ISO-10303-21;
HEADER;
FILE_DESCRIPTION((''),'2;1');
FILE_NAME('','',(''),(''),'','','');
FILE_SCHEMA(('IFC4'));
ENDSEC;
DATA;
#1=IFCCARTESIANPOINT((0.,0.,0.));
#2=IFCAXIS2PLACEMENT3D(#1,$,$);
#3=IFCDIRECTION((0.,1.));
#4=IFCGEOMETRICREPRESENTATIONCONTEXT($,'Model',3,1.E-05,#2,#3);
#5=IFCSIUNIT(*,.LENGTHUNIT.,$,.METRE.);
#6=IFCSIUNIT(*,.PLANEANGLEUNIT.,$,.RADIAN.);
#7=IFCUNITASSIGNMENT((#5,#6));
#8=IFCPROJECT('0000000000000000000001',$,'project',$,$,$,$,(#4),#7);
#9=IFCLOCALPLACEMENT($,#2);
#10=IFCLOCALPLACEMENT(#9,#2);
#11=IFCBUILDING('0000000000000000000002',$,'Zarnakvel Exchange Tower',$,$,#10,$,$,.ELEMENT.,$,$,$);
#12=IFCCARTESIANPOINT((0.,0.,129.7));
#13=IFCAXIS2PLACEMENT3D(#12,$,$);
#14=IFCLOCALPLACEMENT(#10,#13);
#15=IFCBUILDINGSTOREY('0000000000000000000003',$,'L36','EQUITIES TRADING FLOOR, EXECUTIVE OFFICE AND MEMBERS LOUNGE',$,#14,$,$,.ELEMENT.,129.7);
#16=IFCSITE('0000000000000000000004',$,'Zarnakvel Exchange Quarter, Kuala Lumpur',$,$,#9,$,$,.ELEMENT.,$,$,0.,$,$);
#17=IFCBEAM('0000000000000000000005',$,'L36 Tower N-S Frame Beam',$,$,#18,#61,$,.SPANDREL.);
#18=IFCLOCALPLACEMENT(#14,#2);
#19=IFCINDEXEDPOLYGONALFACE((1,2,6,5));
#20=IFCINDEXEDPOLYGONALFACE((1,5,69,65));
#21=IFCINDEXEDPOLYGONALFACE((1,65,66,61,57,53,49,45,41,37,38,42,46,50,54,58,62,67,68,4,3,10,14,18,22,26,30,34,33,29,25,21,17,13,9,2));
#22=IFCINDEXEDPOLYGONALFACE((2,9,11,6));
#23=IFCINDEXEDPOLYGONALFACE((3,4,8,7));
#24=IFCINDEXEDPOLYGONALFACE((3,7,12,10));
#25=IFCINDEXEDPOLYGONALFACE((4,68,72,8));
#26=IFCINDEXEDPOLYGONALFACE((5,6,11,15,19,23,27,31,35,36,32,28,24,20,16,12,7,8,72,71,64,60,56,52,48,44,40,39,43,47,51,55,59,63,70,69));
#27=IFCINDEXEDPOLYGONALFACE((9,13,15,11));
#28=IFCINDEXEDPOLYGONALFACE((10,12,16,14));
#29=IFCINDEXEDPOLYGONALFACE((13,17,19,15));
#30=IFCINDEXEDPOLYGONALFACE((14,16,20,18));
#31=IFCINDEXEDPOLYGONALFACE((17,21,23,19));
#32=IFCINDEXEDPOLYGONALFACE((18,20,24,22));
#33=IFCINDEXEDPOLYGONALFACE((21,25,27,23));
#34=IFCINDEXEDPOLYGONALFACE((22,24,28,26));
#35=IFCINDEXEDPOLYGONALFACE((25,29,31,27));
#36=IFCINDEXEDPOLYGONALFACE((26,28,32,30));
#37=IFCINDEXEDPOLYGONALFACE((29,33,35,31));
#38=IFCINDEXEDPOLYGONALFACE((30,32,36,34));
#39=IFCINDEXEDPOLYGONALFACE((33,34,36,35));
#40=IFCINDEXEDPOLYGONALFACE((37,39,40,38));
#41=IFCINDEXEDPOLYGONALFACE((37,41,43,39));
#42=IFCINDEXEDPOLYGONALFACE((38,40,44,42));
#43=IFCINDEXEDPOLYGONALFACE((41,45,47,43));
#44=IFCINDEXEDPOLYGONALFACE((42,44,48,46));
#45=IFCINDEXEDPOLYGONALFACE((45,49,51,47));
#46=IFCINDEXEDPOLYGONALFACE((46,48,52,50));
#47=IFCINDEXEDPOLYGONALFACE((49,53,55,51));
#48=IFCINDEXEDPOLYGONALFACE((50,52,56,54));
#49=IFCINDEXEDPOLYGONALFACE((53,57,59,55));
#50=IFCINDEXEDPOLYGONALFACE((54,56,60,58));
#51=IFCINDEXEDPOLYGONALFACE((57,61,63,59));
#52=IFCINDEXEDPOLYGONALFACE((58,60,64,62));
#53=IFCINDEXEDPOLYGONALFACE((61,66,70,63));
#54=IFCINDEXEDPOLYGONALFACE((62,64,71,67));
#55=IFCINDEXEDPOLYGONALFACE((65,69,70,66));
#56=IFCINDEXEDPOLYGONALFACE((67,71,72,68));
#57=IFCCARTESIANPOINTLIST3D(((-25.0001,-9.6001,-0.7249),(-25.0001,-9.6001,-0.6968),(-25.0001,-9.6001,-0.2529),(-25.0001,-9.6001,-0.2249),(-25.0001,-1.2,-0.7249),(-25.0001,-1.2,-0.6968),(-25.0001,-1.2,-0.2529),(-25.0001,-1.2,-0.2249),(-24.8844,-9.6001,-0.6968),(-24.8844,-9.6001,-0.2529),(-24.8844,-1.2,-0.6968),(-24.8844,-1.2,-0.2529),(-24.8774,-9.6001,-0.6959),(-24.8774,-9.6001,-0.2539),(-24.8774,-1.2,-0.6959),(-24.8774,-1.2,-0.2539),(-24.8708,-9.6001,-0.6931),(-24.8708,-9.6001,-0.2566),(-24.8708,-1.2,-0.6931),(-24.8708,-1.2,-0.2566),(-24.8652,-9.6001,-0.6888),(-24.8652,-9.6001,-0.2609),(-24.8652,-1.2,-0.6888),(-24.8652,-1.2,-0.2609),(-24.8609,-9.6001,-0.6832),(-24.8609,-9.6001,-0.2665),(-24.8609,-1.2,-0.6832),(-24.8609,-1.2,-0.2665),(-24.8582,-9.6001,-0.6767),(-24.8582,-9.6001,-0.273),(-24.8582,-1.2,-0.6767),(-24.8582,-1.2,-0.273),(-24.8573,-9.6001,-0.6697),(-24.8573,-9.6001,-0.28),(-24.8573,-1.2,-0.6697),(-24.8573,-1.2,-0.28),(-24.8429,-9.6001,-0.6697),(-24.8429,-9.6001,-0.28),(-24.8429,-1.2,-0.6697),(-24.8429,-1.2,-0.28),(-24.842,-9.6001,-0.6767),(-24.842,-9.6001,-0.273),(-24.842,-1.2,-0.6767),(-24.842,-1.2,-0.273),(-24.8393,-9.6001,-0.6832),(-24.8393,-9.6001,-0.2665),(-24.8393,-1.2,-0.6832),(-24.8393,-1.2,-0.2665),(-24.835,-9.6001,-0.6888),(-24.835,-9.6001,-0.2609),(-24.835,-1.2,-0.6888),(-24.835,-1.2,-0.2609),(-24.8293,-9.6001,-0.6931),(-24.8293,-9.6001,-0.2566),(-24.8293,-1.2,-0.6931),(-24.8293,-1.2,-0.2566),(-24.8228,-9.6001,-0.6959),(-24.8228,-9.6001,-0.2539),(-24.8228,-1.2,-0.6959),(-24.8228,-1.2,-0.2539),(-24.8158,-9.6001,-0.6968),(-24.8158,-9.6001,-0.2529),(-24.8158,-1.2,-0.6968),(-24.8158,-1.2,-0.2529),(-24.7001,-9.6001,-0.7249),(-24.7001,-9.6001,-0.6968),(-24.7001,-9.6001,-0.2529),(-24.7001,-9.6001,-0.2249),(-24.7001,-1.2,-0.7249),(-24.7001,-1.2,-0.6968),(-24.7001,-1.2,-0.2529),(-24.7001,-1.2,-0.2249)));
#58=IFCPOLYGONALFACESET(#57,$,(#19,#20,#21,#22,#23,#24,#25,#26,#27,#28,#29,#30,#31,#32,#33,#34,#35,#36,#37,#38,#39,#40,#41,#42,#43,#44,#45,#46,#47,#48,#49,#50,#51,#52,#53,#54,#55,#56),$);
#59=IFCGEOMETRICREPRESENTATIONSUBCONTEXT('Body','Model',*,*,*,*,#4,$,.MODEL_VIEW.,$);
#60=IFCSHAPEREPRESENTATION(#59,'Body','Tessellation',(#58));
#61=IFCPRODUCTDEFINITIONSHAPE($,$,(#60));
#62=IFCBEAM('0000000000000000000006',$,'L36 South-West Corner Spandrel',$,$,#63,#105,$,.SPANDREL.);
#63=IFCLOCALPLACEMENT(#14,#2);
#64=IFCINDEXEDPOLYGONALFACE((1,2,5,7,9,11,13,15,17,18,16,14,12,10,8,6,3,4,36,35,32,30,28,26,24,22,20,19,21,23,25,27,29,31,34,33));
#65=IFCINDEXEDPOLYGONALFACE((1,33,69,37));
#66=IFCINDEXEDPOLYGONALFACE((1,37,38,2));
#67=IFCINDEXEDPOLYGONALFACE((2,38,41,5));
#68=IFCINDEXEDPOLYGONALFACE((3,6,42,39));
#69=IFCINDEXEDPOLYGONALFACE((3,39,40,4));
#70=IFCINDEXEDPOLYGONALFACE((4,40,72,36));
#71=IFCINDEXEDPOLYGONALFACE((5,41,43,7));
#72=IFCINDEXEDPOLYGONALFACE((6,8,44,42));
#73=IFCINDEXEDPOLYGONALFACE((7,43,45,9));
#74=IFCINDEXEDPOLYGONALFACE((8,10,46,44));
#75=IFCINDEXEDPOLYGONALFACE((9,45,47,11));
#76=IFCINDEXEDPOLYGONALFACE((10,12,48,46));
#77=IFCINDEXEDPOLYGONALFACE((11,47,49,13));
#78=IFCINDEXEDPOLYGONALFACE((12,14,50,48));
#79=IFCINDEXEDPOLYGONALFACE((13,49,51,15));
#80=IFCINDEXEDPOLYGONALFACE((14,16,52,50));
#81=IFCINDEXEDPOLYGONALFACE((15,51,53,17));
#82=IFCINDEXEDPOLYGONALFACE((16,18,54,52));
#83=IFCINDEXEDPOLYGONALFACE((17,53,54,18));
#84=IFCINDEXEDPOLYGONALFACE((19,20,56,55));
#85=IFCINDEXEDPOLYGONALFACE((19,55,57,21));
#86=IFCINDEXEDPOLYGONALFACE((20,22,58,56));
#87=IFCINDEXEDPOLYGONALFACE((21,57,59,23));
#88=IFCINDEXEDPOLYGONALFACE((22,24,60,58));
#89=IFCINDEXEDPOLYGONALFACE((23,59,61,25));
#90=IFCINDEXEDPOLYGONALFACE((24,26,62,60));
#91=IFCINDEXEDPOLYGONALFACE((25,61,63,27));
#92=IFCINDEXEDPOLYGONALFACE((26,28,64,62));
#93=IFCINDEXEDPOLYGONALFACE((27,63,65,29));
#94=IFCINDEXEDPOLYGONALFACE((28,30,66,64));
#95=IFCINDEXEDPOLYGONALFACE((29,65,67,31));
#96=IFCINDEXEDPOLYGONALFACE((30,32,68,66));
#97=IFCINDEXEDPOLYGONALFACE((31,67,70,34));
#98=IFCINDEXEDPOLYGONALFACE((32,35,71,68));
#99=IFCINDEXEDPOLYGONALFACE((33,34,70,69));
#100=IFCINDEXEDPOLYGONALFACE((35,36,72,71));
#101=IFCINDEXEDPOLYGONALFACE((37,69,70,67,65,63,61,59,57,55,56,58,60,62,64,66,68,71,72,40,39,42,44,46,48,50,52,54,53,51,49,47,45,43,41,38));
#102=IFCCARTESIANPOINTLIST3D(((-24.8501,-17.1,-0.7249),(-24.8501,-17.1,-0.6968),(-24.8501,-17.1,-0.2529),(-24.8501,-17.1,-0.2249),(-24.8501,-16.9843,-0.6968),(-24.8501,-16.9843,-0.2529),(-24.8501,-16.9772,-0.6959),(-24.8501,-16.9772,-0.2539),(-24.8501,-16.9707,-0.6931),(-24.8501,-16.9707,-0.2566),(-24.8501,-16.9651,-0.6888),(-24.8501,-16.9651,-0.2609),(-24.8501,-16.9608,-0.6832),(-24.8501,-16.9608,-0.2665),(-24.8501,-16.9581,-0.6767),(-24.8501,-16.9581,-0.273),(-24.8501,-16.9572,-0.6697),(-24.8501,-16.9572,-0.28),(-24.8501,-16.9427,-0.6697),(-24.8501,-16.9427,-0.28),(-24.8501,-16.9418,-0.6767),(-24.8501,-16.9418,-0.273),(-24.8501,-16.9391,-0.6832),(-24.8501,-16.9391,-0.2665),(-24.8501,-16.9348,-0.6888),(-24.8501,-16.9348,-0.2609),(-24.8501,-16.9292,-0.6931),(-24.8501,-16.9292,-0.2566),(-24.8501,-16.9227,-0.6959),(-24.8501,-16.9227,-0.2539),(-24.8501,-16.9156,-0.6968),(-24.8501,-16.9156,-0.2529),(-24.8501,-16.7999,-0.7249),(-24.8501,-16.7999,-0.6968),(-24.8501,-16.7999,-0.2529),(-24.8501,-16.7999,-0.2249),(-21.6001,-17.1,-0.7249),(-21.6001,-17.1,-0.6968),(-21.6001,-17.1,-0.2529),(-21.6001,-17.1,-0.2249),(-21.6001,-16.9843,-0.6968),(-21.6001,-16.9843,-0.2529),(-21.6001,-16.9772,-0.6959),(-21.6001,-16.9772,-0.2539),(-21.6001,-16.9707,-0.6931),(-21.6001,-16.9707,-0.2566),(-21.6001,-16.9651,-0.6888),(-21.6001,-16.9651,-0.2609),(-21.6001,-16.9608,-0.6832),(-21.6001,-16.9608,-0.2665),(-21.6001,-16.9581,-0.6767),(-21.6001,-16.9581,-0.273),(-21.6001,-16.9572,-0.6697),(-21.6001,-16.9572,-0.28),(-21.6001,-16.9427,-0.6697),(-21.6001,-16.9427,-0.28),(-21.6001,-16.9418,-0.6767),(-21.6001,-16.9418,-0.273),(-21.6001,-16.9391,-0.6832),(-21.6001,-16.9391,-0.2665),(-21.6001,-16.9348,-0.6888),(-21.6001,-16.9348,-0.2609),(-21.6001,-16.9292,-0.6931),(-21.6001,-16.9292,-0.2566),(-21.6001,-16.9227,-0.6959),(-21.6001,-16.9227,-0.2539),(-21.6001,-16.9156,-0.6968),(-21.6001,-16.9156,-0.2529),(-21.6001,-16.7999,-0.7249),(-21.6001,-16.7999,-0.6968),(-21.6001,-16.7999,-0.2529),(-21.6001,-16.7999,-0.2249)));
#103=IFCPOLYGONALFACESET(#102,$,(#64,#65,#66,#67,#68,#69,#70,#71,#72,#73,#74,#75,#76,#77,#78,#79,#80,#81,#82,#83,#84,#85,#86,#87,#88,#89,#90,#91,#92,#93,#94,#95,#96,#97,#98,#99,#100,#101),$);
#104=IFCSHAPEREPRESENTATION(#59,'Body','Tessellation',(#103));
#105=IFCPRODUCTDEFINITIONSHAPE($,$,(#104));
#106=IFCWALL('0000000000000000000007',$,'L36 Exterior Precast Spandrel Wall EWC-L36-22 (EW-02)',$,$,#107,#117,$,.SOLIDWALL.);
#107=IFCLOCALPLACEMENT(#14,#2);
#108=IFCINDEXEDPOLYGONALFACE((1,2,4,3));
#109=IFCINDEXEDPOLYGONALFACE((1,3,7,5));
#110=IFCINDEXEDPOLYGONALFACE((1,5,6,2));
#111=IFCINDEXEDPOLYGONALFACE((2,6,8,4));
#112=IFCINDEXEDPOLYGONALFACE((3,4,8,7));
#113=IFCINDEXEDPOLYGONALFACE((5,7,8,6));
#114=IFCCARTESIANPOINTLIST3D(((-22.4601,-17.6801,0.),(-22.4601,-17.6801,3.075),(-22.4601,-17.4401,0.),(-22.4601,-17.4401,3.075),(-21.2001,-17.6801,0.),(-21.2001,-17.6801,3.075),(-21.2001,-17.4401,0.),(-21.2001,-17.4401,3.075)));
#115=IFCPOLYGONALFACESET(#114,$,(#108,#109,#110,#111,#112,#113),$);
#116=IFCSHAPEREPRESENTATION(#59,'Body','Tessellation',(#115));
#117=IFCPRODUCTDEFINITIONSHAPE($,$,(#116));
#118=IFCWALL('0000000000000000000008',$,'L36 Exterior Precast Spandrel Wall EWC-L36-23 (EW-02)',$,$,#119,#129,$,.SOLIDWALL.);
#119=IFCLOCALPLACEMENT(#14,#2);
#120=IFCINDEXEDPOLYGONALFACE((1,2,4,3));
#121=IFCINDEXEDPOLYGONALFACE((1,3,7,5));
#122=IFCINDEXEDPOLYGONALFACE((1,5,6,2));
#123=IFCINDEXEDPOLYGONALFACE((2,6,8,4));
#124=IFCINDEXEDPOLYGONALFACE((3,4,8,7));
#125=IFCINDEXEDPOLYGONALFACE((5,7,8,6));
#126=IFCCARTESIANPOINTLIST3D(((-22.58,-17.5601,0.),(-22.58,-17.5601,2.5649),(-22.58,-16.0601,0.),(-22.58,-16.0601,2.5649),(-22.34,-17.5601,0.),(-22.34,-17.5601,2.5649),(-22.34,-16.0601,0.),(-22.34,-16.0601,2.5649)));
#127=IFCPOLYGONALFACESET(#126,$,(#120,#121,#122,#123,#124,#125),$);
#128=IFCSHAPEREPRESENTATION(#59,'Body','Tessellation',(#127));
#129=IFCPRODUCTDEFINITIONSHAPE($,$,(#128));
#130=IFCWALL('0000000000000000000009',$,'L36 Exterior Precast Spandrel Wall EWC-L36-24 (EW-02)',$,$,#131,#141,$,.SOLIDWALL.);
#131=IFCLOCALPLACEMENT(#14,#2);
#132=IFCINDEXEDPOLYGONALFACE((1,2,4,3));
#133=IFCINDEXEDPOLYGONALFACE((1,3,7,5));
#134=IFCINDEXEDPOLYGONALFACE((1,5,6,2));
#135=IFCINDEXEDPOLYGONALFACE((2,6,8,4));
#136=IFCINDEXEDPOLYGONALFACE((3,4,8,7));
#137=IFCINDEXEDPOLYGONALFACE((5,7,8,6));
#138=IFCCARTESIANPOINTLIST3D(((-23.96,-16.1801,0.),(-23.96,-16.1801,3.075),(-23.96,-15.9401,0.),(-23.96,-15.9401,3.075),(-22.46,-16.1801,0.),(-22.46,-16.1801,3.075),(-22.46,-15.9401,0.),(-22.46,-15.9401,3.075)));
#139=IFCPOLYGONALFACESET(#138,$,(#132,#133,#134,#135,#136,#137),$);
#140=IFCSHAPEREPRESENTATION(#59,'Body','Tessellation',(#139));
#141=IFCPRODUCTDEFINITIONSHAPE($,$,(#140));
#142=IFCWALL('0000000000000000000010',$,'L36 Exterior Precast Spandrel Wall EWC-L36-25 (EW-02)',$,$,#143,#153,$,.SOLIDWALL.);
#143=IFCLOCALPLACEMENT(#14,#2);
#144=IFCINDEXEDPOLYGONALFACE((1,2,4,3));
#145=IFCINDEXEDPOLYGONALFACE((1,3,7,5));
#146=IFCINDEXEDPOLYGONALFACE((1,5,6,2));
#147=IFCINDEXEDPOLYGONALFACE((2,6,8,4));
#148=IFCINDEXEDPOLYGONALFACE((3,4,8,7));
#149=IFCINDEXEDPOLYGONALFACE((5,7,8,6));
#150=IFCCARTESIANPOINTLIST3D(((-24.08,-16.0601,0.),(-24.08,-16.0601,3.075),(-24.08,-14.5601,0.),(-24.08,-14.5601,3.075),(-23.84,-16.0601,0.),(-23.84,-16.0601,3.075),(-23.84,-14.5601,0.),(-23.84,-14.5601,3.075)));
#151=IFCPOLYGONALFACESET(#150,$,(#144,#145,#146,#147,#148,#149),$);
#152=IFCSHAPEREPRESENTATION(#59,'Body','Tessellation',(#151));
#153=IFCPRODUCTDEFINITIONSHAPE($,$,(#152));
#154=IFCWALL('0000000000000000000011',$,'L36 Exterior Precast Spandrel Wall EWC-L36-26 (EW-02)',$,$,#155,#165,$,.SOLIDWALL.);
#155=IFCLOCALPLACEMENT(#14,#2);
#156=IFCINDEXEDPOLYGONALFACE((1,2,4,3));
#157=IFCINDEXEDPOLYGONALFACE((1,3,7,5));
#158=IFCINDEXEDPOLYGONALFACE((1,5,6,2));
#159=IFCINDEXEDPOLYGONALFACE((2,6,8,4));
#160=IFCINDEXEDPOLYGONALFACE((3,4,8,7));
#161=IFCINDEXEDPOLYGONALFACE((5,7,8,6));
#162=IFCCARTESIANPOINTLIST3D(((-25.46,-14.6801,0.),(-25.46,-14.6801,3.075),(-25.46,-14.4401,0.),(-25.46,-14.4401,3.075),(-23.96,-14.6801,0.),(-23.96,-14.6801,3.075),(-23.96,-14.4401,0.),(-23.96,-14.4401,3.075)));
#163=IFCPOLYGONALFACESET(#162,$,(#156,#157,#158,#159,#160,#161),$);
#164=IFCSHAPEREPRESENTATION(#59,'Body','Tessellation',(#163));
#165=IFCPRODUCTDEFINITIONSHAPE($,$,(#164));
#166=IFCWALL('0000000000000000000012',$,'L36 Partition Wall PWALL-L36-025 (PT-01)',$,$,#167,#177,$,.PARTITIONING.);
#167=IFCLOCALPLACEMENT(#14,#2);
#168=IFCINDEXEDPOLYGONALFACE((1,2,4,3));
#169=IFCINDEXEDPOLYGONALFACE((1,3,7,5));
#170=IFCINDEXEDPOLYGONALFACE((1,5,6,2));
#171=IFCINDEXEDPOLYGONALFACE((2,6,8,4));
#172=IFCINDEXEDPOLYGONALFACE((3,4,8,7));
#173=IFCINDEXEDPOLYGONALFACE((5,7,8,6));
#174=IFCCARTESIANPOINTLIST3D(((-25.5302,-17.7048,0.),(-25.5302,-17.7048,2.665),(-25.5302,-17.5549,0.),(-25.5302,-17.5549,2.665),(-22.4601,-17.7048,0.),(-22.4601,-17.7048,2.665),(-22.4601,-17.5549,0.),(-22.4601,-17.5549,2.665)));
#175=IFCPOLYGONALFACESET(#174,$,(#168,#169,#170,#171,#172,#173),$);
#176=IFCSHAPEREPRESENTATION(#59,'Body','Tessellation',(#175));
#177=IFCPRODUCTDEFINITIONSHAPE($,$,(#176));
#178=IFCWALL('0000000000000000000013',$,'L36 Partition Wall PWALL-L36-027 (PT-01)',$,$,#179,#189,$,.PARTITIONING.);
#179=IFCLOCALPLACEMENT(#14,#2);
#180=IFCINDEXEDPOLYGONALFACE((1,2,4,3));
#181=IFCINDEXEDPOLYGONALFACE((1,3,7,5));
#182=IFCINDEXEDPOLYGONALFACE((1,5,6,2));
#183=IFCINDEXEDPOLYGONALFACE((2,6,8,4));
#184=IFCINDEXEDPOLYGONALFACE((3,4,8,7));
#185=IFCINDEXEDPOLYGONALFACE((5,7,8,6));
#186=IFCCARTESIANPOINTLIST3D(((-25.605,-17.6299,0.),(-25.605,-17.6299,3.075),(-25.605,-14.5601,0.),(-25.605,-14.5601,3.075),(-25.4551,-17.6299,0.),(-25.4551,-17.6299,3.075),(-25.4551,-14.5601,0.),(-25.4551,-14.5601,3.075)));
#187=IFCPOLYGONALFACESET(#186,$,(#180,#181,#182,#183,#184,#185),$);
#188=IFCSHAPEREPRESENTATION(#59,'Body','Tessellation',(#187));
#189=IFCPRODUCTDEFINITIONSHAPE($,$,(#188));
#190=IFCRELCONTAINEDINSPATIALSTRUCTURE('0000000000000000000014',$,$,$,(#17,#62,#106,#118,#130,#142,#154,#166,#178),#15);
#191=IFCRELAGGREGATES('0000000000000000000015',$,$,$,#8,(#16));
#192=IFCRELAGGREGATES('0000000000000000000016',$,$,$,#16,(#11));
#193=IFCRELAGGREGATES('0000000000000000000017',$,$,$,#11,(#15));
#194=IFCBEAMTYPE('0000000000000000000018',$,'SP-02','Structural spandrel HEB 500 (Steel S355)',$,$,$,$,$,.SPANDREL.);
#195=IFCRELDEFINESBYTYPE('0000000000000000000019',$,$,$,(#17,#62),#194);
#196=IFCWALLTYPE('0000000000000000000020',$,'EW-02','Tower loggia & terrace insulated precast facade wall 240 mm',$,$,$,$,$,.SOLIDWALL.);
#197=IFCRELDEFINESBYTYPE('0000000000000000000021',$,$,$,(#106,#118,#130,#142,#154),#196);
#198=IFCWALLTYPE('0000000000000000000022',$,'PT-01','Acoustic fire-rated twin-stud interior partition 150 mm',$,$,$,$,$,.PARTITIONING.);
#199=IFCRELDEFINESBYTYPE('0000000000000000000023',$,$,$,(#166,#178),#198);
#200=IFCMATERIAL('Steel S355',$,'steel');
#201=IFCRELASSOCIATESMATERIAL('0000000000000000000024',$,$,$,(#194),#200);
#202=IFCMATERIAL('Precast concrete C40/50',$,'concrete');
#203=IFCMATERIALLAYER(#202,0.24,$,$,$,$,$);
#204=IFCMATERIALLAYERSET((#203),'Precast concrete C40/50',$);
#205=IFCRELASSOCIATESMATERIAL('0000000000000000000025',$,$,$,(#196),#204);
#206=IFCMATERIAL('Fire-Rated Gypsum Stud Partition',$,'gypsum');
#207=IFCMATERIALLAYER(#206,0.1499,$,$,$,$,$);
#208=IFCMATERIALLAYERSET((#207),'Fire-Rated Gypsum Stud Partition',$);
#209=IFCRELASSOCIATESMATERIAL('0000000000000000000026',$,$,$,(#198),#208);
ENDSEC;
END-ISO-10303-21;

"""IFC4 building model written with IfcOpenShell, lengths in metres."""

from ifc_helpers import new_model, si_unit, direction, frame, frame_2d, origin, origin_2d, place, context, subcontext, project, spatial, rectangle, i_section, extrude, material, layer, layer_set, material_profile, profile_set, type_object, element, save


model = new_model("IFC4")

# Units and contexts
model_context = context("Model", 3, precision=1e-05, world=origin(), true_north=direction((0.0, 1.0)))
body_context = subcontext(model_context, "Body", "Model", "MODEL_VIEW")
ifc_project = project(units=[si_unit("LENGTHUNIT", "METRE"), si_unit("PLANEANGLEUNIT", "RADIAN")], contexts=[model_context])

# Site, building, storey
site_placement = place(None, origin())
site = spatial("IfcSite", under=ifc_project, at=site_placement, Name="Zarnakvel Exchange Quarter, Kuala Lumpur", CompositionType="ELEMENT", RefElevation=0.0)
building_placement = place(site_placement, origin())
building = spatial("IfcBuilding", under=site, at=building_placement, Name="Zarnakvel Exchange Tower", CompositionType="ELEMENT")
storey_placement = place(building_placement, frame((0.0, 0.0, 129.7)))
storey = spatial("IfcBuildingStorey", under=building, at=storey_placement, Name="L36", Description="EQUITIES TRADING FLOOR, EXECUTIVE OFFICE AND MEMBERS LOUNGE", CompositionType="ELEMENT", Elevation=129.7)

# Shared definitions
ifc_material_1 = material(Name="Steel S355", Category="steel")

# Beams
ifc_material_profile_1 = material_profile(ifc_material_1, i_section(OverallWidth=0.3, OverallDepth=0.5, WebThickness=0.0144, FlangeThickness=0.0281, FilletRadius=0.0271, at=origin_2d()))
ifc_profile_set_1 = profile_set([ifc_material_profile_1], Name="Steel S355")
beam_type_1 = type_object("IfcBeamType", Name="SP-02", Description="Structural spandrel HEB 500 (Steel S355)", PredefinedType="SPANDREL", material=ifc_profile_set_1)
beam_1_placement = place(storey_placement, frame((-24.8501, -9.6001, -0.4749), z_axis=(0.0, 1.0, 0.0), x_axis=(-1.0, 0.0, 0.0)))
element("IfcBeam", 1, at=beam_1_placement, inside=storey, type_object=beam_type_1, Name="L36 Tower N-S Frame Beam", PredefinedType="SPANDREL", context=body_context, shape_type="SweptSolid", body=[
    extrude(i_section(OverallWidth=0.3, OverallDepth=0.5, WebThickness=0.0144, FlangeThickness=0.0281, FilletRadius=0.0271, at=origin_2d()), origin(), (0.0, 0.0, 1.0), 8.4001),
])
beam_2_placement = place(storey_placement, frame((-24.8501, -16.95, -0.4749), z_axis=(1.0, 0.0, 0.0), x_axis=(0.0, 1.0, 0.0)))
element("IfcBeam", 2, at=beam_2_placement, inside=storey, type_object=beam_type_1, Name="L36 South-West Corner Spandrel", PredefinedType="SPANDREL", context=body_context, shape_type="SweptSolid", body=[
    extrude(i_section(OverallWidth=0.3, OverallDepth=0.5, WebThickness=0.0144, FlangeThickness=0.0281, FilletRadius=0.0271, at=origin_2d()), origin(), (0.0, 0.0, 1.0), 3.25),
])

# Walls
ifc_material_2 = material(Name="Precast concrete C40/50", Category="concrete")
ifc_layer_1 = layer(ifc_material_2, 0.24)
ifc_layer_set_1 = layer_set([ifc_layer_1], Name="Precast concrete C40/50")
wall_type_1 = type_object("IfcWallType", Name="EW-02", Description="Tower loggia & terrace insulated precast facade wall 240 mm", PredefinedType="SOLIDWALL", material=ifc_layer_set_1)
wall_1_placement = place(storey_placement, frame((-22.46, -17.5601, 0.0), z_axis=(0.0, 0.0, 1.0), x_axis=(1.0, 0.0, 0.0)))
element("IfcWall", 3, at=wall_1_placement, inside=storey, type_object=wall_type_1, Name="L36 Exterior Precast Spandrel Wall EWC-L36-22 (EW-02)", PredefinedType="SOLIDWALL", context=body_context, shape_type="SweptSolid", body=[
    extrude(rectangle(XDim=1.26, YDim=0.24, at=frame_2d((0.6299, 0.0))), origin(), (0.0, 0.0, 1.0), 3.075),
])
wall_2_placement = place(storey_placement, frame((-22.46, -16.0601, 0.0), z_axis=(0.0, 0.0, 1.0), x_axis=(0.0, -1.0, 0.0)))
element("IfcWall", 4, at=wall_2_placement, inside=storey, type_object=wall_type_1, Name="L36 Exterior Precast Spandrel Wall EWC-L36-23 (EW-02)", PredefinedType="SOLIDWALL", context=body_context, shape_type="SweptSolid", body=[
    extrude(rectangle(XDim=1.5, YDim=0.24, at=frame_2d((0.75, 0.0))), origin(), (0.0, 0.0, 1.0), 2.5649),
])
for number, where, z_axis, x_axis, name in (
    (5, (-23.96, -16.0601, 0.0), (0.0, 0.0, 1.0), (1.0, 0.0, 0.0), "L36 Exterior Precast Spandrel Wall EWC-L36-24 (EW-02)"),
    (6, (-23.96, -14.5601, 0.0), (0.0, 0.0, 1.0), (0.0, -1.0, 0.0), "L36 Exterior Precast Spandrel Wall EWC-L36-25 (EW-02)"),
    (7, (-25.46, -14.5601, 0.0), (0.0, 0.0, 1.0), (1.0, 0.0, 0.0), "L36 Exterior Precast Spandrel Wall EWC-L36-26 (EW-02)"),
):
    element("IfcWall", number, at=place(storey_placement, frame(where, z_axis=z_axis, x_axis=x_axis)), inside=storey, type_object=wall_type_1, Name=name, PredefinedType="SOLIDWALL", context=body_context, shape_type="SweptSolid", body=[
        extrude(rectangle(XDim=1.5, YDim=0.24, at=frame_2d((0.75, 0.0))), origin(), (0.0, 0.0, 1.0), 3.075),
    ])
ifc_material_3 = material(Name="Fire-Rated Gypsum Stud Partition", Category="gypsum")
ifc_layer_2 = layer(ifc_material_3, 0.1499)
ifc_layer_set_2 = layer_set([ifc_layer_2], Name="Fire-Rated Gypsum Stud Partition")
wall_type_2 = type_object("IfcWallType", Name="PT-01", Description="Acoustic fire-rated twin-stud interior partition 150 mm", PredefinedType="PARTITIONING", material=ifc_layer_set_2)
wall_3_placement = place(storey_placement, frame((-22.46, -17.6299, 0.0), z_axis=(0.0, 0.0, 1.0), x_axis=(-1.0, 0.0, 0.0)))
element("IfcWall", 8, at=wall_3_placement, inside=storey, type_object=wall_type_2, Name="L36 Partition Wall PWALL-L36-025 (PT-01)", PredefinedType="PARTITIONING", context=body_context, shape_type="SweptSolid", body=[
    extrude(rectangle(XDim=3.0701, YDim=0.1499, at=frame_2d((1.5352, 0.0))), origin(), (0.0, 0.0, 1.0), 2.665),
])
wall_4_placement = place(storey_placement, frame((-25.53, -17.6299, 0.0), z_axis=(0.0, 0.0, 1.0), x_axis=(0.0, 1.0, 0.0)))
element("IfcWall", 9, at=wall_4_placement, inside=storey, type_object=wall_type_2, Name="L36 Partition Wall PWALL-L36-027 (PT-01)", PredefinedType="PARTITIONING", context=body_context, shape_type="SweptSolid", body=[
    extrude(rectangle(XDim=3.0698, YDim=0.1499, at=frame_2d((1.5349, 0.0))), origin(), (0.0, 0.0, 1.0), 3.075),
])

save(model, "model.ifc")
